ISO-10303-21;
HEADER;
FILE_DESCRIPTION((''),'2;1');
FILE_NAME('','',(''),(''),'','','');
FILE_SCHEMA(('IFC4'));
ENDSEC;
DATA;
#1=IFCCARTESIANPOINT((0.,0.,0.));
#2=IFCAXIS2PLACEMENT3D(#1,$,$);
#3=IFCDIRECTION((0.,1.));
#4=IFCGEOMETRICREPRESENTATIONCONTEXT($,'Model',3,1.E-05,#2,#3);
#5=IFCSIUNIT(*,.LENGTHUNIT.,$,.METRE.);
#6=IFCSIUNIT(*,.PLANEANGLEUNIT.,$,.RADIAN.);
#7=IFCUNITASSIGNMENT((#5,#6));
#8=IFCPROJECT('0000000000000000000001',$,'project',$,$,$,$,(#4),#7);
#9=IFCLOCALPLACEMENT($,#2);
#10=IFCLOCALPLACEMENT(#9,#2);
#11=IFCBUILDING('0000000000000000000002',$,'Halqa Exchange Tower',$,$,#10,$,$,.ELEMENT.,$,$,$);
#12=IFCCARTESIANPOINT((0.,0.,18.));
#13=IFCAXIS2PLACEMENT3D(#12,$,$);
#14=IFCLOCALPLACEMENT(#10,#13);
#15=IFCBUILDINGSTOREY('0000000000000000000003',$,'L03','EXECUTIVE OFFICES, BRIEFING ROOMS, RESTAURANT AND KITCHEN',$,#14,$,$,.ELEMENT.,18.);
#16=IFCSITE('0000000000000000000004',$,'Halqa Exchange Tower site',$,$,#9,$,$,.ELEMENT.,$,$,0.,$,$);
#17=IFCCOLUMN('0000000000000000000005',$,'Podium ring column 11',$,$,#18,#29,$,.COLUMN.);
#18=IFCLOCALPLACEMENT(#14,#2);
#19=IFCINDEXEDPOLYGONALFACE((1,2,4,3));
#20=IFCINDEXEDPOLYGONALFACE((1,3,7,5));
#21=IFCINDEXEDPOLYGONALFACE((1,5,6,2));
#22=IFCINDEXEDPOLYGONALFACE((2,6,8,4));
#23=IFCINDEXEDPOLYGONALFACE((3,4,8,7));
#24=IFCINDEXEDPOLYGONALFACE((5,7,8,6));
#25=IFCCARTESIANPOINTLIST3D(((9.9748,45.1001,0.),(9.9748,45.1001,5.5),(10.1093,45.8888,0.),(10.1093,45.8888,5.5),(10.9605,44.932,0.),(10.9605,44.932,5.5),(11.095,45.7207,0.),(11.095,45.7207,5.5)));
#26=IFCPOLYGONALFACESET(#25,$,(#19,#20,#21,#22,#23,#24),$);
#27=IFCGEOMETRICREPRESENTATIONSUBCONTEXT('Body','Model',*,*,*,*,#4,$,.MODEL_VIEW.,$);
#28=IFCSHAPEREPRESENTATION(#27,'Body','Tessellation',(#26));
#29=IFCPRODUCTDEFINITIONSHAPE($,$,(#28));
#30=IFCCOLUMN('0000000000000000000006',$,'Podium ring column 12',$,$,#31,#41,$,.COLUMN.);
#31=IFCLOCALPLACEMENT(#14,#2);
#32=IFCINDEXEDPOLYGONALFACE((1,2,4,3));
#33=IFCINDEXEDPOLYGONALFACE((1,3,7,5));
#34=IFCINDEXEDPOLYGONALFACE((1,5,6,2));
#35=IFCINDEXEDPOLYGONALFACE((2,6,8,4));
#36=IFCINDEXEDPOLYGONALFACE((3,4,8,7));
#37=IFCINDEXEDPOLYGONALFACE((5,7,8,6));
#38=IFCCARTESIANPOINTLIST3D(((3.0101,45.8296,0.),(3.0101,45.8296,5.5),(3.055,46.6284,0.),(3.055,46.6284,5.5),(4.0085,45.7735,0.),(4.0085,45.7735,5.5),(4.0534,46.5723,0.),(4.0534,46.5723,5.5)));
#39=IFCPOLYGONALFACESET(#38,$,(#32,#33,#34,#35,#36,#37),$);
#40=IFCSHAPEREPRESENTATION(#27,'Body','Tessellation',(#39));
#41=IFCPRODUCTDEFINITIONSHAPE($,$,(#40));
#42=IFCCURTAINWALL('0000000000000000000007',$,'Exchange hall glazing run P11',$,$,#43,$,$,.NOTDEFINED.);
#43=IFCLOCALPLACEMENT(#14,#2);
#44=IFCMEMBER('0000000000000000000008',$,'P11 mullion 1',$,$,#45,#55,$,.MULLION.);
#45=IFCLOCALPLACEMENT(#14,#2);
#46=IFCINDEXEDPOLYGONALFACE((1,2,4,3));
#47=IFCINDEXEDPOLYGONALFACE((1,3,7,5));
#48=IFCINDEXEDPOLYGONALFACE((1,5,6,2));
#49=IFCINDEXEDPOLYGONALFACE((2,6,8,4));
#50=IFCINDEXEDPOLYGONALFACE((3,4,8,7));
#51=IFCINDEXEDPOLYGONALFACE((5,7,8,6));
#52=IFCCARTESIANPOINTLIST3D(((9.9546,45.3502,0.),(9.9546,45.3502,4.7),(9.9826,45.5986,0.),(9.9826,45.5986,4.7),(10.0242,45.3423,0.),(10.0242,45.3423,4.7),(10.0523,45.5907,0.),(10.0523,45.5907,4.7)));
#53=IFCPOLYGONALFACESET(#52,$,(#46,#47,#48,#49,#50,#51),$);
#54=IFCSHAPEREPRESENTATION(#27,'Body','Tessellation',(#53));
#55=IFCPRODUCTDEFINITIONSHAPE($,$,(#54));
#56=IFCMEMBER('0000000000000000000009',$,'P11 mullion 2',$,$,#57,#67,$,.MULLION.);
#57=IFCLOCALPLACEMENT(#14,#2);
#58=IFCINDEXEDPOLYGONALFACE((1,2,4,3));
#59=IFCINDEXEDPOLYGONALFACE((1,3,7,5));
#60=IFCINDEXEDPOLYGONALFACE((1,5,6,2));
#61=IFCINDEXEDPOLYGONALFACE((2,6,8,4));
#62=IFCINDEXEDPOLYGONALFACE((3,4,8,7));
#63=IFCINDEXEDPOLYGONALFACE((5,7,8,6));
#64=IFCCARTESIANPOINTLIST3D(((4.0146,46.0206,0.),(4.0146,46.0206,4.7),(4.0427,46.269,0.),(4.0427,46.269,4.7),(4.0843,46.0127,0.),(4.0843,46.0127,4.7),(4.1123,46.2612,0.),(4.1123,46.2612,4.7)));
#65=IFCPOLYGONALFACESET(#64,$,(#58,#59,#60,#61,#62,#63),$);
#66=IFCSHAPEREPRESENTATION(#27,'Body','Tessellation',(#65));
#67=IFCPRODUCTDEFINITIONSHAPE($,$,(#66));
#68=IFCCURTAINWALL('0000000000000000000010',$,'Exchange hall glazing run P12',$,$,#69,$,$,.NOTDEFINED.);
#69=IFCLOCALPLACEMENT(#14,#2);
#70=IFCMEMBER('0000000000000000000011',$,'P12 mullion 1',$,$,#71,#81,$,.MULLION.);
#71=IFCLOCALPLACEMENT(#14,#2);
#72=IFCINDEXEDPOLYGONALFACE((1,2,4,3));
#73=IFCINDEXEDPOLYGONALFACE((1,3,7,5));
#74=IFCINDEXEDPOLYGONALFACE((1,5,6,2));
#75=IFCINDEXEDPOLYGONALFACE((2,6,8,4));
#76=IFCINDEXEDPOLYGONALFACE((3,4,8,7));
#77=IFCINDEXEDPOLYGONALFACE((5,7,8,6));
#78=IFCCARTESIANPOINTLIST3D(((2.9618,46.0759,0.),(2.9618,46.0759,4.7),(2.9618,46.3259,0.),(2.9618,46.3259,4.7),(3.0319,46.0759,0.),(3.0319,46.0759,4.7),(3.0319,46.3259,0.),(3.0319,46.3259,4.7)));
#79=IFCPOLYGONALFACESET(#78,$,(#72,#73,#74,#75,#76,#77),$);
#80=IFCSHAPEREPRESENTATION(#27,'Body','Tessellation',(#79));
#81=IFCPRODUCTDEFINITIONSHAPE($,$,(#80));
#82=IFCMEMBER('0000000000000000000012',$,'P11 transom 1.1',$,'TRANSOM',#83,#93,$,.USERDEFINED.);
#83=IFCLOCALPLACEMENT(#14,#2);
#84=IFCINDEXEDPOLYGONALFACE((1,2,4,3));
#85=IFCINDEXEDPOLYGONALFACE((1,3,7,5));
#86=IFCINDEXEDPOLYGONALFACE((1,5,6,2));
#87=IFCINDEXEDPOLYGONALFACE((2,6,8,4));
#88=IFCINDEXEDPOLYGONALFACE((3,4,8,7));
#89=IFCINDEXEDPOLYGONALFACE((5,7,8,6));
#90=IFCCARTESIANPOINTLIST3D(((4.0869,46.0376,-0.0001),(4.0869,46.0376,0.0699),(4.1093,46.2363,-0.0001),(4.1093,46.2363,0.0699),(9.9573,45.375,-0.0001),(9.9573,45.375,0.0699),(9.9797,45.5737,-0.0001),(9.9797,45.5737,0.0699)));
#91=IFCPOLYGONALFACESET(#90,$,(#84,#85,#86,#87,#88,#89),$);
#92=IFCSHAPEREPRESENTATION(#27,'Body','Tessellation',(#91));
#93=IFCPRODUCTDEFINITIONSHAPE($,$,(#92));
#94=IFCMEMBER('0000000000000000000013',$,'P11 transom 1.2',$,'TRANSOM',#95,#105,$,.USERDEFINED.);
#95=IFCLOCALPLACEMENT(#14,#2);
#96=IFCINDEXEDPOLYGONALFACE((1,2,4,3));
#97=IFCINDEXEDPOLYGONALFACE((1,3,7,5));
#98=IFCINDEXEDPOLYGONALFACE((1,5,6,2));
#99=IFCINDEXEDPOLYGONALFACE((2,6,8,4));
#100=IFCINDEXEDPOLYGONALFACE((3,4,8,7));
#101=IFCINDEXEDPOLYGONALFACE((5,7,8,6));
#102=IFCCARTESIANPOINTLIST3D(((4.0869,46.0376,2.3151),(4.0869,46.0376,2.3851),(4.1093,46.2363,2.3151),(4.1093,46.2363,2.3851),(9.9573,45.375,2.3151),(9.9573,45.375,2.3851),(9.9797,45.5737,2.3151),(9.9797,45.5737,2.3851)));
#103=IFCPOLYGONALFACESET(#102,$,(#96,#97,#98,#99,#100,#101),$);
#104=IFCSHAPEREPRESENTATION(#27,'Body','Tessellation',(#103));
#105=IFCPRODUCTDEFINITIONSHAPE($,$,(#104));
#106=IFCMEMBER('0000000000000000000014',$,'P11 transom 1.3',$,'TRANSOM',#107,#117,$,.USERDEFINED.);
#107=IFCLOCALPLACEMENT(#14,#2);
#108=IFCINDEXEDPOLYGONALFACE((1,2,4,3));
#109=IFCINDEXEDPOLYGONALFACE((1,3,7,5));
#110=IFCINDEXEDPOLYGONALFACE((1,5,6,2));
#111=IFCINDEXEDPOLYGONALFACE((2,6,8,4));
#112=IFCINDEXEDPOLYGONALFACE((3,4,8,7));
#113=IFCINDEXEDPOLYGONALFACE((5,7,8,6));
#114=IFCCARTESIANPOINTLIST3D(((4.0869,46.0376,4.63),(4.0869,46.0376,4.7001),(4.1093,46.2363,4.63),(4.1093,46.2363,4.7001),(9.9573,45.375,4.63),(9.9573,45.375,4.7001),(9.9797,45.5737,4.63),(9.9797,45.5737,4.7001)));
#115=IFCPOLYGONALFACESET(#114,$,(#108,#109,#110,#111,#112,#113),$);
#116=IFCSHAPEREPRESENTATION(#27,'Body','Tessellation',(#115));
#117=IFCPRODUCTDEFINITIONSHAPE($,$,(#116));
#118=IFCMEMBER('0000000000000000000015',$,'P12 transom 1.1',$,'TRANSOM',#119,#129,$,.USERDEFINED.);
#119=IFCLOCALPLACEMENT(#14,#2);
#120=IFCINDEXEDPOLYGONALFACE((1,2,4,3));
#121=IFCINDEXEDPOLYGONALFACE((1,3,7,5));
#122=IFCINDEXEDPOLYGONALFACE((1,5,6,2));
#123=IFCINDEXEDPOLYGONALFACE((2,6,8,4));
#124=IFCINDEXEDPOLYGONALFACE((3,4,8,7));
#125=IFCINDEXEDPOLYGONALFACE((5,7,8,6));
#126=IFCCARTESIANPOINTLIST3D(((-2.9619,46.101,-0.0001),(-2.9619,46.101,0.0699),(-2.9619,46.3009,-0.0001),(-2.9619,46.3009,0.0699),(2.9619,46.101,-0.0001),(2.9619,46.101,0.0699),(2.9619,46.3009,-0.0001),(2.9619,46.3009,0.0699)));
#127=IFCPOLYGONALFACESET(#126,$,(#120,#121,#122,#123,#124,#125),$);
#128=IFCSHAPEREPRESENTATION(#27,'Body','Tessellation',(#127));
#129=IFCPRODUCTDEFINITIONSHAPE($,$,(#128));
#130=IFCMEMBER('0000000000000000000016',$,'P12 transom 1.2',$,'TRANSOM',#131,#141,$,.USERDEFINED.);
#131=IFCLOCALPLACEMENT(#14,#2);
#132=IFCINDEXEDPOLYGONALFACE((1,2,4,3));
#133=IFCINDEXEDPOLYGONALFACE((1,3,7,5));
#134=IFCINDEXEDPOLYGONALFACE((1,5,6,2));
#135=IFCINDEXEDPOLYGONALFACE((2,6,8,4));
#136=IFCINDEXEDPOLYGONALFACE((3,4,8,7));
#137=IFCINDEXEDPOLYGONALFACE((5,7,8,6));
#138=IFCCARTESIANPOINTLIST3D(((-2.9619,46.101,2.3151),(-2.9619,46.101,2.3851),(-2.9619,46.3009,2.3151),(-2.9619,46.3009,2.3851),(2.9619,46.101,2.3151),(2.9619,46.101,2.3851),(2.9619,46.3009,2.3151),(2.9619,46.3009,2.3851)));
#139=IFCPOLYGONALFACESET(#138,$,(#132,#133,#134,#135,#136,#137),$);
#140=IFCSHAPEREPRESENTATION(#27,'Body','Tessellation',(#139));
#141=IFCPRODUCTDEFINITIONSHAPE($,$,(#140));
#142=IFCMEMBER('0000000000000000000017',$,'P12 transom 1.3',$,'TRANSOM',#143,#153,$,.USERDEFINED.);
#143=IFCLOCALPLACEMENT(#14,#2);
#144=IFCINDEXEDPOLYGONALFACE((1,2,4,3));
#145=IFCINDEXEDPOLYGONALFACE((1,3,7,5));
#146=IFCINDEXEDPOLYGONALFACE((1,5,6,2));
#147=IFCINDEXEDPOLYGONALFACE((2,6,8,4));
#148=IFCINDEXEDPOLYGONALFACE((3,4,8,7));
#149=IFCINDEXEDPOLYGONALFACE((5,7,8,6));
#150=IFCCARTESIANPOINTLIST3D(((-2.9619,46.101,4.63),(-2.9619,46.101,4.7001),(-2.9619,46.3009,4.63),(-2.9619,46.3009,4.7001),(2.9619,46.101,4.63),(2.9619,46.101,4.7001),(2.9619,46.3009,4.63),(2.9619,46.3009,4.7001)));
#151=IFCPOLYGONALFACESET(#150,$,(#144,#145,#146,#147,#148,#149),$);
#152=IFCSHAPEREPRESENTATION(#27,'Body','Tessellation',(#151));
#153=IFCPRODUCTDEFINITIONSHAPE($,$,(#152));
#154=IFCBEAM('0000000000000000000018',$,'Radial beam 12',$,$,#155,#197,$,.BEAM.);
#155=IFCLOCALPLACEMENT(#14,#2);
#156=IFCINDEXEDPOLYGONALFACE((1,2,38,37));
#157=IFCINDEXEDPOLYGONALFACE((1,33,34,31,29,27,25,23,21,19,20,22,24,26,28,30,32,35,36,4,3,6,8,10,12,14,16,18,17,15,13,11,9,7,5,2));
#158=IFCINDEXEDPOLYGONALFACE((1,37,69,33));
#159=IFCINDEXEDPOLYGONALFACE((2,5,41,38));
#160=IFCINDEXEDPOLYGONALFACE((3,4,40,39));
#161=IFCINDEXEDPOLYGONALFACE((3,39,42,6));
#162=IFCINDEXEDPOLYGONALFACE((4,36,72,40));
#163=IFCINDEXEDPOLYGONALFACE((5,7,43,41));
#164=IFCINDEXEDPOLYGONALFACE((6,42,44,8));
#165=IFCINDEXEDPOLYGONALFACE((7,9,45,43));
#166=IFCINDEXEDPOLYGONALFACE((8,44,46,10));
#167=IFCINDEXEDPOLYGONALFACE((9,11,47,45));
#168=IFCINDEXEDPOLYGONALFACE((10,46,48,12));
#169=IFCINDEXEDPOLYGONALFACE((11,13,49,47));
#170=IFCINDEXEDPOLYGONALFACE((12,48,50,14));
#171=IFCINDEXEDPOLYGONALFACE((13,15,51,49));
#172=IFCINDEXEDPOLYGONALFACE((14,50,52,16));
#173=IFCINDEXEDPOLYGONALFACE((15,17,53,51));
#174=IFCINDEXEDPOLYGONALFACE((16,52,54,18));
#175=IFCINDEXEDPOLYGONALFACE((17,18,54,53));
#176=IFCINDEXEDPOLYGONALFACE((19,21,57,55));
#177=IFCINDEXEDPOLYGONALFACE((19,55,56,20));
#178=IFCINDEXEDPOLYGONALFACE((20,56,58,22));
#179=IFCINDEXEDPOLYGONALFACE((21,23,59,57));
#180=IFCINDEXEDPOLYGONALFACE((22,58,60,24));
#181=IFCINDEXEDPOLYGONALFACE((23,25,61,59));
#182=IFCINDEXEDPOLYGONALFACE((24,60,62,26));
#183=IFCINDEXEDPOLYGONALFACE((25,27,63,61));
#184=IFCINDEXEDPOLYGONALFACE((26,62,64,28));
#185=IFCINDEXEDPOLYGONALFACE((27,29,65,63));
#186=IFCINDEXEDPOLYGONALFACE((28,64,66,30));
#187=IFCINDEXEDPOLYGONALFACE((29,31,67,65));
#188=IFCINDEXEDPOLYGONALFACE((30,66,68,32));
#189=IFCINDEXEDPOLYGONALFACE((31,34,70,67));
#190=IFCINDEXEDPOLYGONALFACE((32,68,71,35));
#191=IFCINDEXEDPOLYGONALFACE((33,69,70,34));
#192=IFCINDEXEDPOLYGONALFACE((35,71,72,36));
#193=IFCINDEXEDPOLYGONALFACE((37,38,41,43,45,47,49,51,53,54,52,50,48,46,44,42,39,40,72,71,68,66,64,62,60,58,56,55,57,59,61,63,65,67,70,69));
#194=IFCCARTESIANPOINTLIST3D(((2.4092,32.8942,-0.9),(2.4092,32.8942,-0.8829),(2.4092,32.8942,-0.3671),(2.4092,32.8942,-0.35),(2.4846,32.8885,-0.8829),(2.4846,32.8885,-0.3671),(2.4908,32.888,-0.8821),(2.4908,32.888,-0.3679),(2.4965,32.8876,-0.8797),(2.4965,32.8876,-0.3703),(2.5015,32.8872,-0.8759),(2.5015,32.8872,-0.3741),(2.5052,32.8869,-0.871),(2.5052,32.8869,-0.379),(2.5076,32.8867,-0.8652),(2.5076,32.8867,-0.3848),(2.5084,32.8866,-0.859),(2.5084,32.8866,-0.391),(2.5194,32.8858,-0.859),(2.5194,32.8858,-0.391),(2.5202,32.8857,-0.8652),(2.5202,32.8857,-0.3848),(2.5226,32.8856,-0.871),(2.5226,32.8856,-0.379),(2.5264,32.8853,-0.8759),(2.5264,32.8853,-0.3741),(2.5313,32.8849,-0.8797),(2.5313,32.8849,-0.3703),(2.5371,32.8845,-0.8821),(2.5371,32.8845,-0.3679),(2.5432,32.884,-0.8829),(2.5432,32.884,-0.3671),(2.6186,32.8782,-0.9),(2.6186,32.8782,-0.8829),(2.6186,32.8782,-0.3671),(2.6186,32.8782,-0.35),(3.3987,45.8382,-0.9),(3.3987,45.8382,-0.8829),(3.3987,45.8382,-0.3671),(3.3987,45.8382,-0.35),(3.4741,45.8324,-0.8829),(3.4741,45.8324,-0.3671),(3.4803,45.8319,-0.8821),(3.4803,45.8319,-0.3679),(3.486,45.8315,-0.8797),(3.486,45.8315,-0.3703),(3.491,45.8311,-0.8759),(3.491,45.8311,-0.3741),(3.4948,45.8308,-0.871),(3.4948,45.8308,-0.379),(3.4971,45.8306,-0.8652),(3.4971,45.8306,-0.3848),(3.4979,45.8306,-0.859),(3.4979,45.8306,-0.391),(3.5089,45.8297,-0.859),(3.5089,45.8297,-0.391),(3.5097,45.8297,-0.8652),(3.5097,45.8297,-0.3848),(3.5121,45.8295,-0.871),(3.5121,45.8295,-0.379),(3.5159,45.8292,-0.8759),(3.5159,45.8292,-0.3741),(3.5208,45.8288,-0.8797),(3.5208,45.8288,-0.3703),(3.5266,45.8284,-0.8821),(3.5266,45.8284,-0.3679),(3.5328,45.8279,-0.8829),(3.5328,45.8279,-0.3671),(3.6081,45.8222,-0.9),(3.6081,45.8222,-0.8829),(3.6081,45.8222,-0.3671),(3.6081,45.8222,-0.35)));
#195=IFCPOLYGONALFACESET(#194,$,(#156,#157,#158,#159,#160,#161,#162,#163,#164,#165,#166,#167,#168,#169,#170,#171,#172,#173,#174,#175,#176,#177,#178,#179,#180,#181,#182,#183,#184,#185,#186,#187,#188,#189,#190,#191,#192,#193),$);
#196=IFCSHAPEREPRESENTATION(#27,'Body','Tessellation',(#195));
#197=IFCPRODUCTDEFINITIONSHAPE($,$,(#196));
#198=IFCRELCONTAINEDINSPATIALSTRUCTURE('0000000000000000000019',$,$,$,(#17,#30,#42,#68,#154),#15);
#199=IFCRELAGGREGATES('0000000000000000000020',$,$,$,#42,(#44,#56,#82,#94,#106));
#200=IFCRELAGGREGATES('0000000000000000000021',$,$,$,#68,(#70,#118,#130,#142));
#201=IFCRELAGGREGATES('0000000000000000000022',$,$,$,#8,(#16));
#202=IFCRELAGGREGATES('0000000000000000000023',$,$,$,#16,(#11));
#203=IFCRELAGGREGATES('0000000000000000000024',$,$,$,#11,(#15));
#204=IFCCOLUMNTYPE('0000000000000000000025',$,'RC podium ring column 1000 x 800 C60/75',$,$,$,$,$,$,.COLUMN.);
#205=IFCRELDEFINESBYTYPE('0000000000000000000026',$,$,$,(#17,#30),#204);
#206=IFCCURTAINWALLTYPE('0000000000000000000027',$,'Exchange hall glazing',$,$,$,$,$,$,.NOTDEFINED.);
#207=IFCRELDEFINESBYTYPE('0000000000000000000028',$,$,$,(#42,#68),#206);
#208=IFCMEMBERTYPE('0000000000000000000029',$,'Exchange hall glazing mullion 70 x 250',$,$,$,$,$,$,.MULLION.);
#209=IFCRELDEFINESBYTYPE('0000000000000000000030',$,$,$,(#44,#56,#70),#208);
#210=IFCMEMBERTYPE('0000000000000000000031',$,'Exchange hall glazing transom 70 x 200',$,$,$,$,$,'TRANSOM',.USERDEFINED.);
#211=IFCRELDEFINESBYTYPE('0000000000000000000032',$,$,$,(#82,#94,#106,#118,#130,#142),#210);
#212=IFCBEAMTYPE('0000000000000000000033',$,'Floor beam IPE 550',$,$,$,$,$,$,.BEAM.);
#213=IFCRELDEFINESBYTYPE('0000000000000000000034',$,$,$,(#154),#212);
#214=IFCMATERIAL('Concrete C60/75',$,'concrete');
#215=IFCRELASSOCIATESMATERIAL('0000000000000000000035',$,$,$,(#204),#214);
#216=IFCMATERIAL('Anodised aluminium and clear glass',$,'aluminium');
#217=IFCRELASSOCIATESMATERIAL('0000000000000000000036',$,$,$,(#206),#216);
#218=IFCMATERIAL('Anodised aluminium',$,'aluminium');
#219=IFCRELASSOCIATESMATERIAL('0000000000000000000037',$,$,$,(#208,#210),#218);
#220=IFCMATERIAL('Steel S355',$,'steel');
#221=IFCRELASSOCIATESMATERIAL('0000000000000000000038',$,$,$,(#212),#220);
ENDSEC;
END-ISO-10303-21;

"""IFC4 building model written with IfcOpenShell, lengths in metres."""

from ifc_helpers import new_model, si_unit, direction, frame, origin, origin_2d, place, context, subcontext, project, spatial, rectangle, i_section, extrude, material, material_profile, profile_set, type_object, element, aggregate, save


model = new_model("IFC4")

# Units and contexts
model_context = context("Model", 3, precision=1e-05, world=origin(), true_north=direction((0.0, 1.0)))
body_context = subcontext(model_context, "Body", "Model", "MODEL_VIEW")
ifc_project = project(units=[si_unit("LENGTHUNIT", "METRE"), si_unit("PLANEANGLEUNIT", "RADIAN")], contexts=[model_context])

# Site, building, storey
site_placement = place(None, origin())
site = spatial("IfcSite", under=ifc_project, at=site_placement, Name="Halqa Exchange Tower site", CompositionType="ELEMENT", RefElevation=0.0)
building_placement = place(site_placement, origin())
building = spatial("IfcBuilding", under=site, at=building_placement, Name="Halqa Exchange Tower", CompositionType="ELEMENT")
storey_placement = place(building_placement, frame((0.0, 0.0, 18.0)))
storey = spatial("IfcBuildingStorey", under=building, at=storey_placement, Name="L03", Description="EXECUTIVE OFFICES, BRIEFING ROOMS, RESTAURANT AND KITCHEN", CompositionType="ELEMENT", Elevation=18.0)

# Columns
ifc_material_1 = material(Name="Concrete C60/75", Category="concrete")
ifc_material_profile_1 = material_profile(ifc_material_1, rectangle(XDim=1.0, YDim=0.8, at=origin_2d()), Name="1000 x 800")
ifc_profile_set_1 = profile_set([ifc_material_profile_1], Name="Concrete C60/75")
column_type = type_object("IfcColumnType", Name="RC podium ring column 1000 x 800 C60/75", PredefinedType="COLUMN", material=ifc_profile_set_1)
for number, where, z_axis, x_axis, name in (
    (1, (10.5349, 45.4104, 0.0), (0.0, 0.0, 1.0), (-0.985766, 0.168121, 0.0), "Podium ring column 11"),
    (2, (3.5317, 46.2009, 0.0), (0.0, 0.0, 1.0), (-0.998425, 0.056107, 0.0), "Podium ring column 12"),
):
    element("IfcColumn", number, at=place(storey_placement, frame(where, z_axis=z_axis, x_axis=x_axis)), inside=storey, type_object=column_type, Name=name, PredefinedType="COLUMN", context=body_context, shape_type="SweptSolid", body=[
        extrude(rectangle(XDim=1.0, YDim=0.8, at=origin_2d()), origin(), (0.0, 0.0, 1.0), 5.5),
    ])

# Curtain wall, members
ifc_material_2 = material(Name="Anodised aluminium and clear glass", Category="aluminium")
curtain_wall_type = type_object("IfcCurtainWallType", Name="Exchange hall glazing", PredefinedType="NOTDEFINED", material=ifc_material_2)
curtain_wall_1_placement = place(storey_placement, origin())
curtain_wall_1 = element("IfcCurtainWall", 3, at=curtain_wall_1_placement, inside=storey, type_object=curtain_wall_type, Name="Exchange hall glazing run P11", PredefinedType="NOTDEFINED")
ifc_material_3 = material(Name="Anodised aluminium", Category="aluminium")
ifc_material_profile_2 = material_profile(ifc_material_3, rectangle(XDim=0.25, YDim=0.0701, at=origin_2d()), Name="AL 70x250")
ifc_profile_set_2 = profile_set([ifc_material_profile_2], Name="Anodised aluminium")
member_type_1 = type_object("IfcMemberType", Name="Exchange hall glazing mullion 70 x 250", PredefinedType="MULLION", material=ifc_profile_set_2)
member_1_placement = place(storey_placement, frame((10.0034, 45.4705, 0.0), z_axis=(0.0, 0.0, 1.0), x_axis=(-0.112159, -0.99369, 0.0)))
member_1 = element("IfcMember", 4, at=member_1_placement, type_object=member_type_1, Name="P11 mullion 1", PredefinedType="MULLION", context=body_context, shape_type="SweptSolid", body=[
    extrude(rectangle(XDim=0.25, YDim=0.0701, at=origin_2d()), origin(), (0.0, 0.0, 1.0), 4.7),
])
member_2_placement = place(storey_placement, frame((4.0635, 46.1409, 0.0), z_axis=(0.0, 0.0, 1.0), x_axis=(-0.112159, -0.99369, 0.0)))
member_2 = element("IfcMember", 5, at=member_2_placement, type_object=member_type_1, Name="P11 mullion 2", PredefinedType="MULLION", context=body_context, shape_type="SweptSolid", body=[
    extrude(rectangle(XDim=0.25, YDim=0.0701, at=origin_2d()), origin(), (0.0, 0.0, 1.0), 4.7),
])

# Curtain wall, member
curtain_wall_2_placement = place(storey_placement, origin())
curtain_wall_2 = element("IfcCurtainWall", 6, at=curtain_wall_2_placement, inside=storey, type_object=curtain_wall_type, Name="Exchange hall glazing run P12", PredefinedType="NOTDEFINED")
member_3_placement = place(storey_placement, frame((2.9968, 46.2009, 0.0), z_axis=(0.0, 0.0, 1.0), x_axis=(0.0, -1.0, 0.0)))
member_3 = element("IfcMember", 7, at=member_3_placement, type_object=member_type_1, Name="P12 mullion 1", PredefinedType="MULLION", context=body_context, shape_type="SweptSolid", body=[
    extrude(rectangle(XDim=0.25, YDim=0.0701, at=origin_2d()), origin(), (0.0, 0.0, 1.0), 4.7),
])

# Members
ifc_material_profile_3 = material_profile(ifc_material_3, rectangle(XDim=0.2, YDim=0.0701, at=origin_2d()), Name="AL 70x200")
ifc_profile_set_3 = profile_set([ifc_material_profile_3], Name="Anodised aluminium")
member_type_2 = type_object("IfcMemberType", Name="Exchange hall glazing transom 70 x 200", ElementType="TRANSOM", PredefinedType="USERDEFINED", material=ifc_profile_set_3)
member_4_placement = place(storey_placement, frame((9.9685, 45.4744, 0.0349), z_axis=(-0.99369, 0.11216, 0.0), x_axis=(-0.11216, -0.99369, 0.0)))
member_4 = element("IfcMember", 8, at=member_4_placement, type_object=member_type_2, Name="P11 transom 1.1", ObjectType="TRANSOM", PredefinedType="USERDEFINED", context=body_context, shape_type="SweptSolid", body=[
    extrude(rectangle(XDim=0.2, YDim=0.0701, at=origin_2d()), origin(), (0.0, 0.0, 1.0), 5.9077),
])
member_5_placement = place(storey_placement, frame((9.9685, 45.4744, 2.3501), z_axis=(-0.99369, 0.11216, 0.0), x_axis=(-0.11216, -0.99369, 0.0)))
member_5 = element("IfcMember", 9, at=member_5_placement, type_object=member_type_2, Name="P11 transom 1.2", ObjectType="TRANSOM", PredefinedType="USERDEFINED", context=body_context, shape_type="SweptSolid", body=[
    extrude(rectangle(XDim=0.2, YDim=0.0701, at=origin_2d()), origin(), (0.0, 0.0, 1.0), 5.9077),
])
member_6_placement = place(storey_placement, frame((9.9685, 45.4744, 4.665), z_axis=(-0.99369, 0.11216, 0.0), x_axis=(-0.11216, -0.99369, 0.0)))
member_6 = element("IfcMember", 10, at=member_6_placement, type_object=member_type_2, Name="P11 transom 1.3", ObjectType="TRANSOM", PredefinedType="USERDEFINED", context=body_context, shape_type="SweptSolid", body=[
    extrude(rectangle(XDim=0.2, YDim=0.0701, at=origin_2d()), origin(), (0.0, 0.0, 1.0), 5.9077),
])
member_7_placement = place(storey_placement, frame((2.9619, 46.2009, 0.0349), z_axis=(-1.0, 0.0, 0.0), x_axis=(0.0, -1.0, 0.0)))
member_7 = element("IfcMember", 11, at=member_7_placement, type_object=member_type_2, Name="P12 transom 1.1", ObjectType="TRANSOM", PredefinedType="USERDEFINED", context=body_context, shape_type="SweptSolid", body=[
    extrude(rectangle(XDim=0.2, YDim=0.0701, at=origin_2d()), origin(), (0.0, 0.0, 1.0), 5.9238),
])
member_8_placement = place(storey_placement, frame((2.9619, 46.2009, 2.3501), z_axis=(-1.0, 0.0, 0.0), x_axis=(0.0, -1.0, 0.0)))
member_8 = element("IfcMember", 12, at=member_8_placement, type_object=member_type_2, Name="P12 transom 1.2", ObjectType="TRANSOM", PredefinedType="USERDEFINED", context=body_context, shape_type="SweptSolid", body=[
    extrude(rectangle(XDim=0.2, YDim=0.0701, at=origin_2d()), origin(), (0.0, 0.0, 1.0), 5.9238),
])
member_9_placement = place(storey_placement, frame((2.9619, 46.2009, 4.665), z_axis=(-1.0, 0.0, 0.0), x_axis=(0.0, -1.0, 0.0)))
member_9 = element("IfcMember", 13, at=member_9_placement, type_object=member_type_2, Name="P12 transom 1.3", ObjectType="TRANSOM", PredefinedType="USERDEFINED", context=body_context, shape_type="SweptSolid", body=[
    extrude(rectangle(XDim=0.2, YDim=0.0701, at=origin_2d()), origin(), (0.0, 0.0, 1.0), 5.9238),
])

# Beam
ifc_material_4 = material(Name="Steel S355", Category="steel")
ifc_material_profile_4 = material_profile(ifc_material_4, i_section(OverallWidth=0.21, OverallDepth=0.55, WebThickness=0.011, FlangeThickness=0.0171, FilletRadius=0.0239, at=origin_2d()), Name="IPE 550")
ifc_profile_set_4 = profile_set([ifc_material_profile_4], Name="Steel S355")
beam_type_1 = type_object("IfcBeamType", Name="Floor beam IPE 550", PredefinedType="BEAM", material=ifc_profile_set_4)
beam_1_placement = place(storey_placement, frame((2.5139, 32.8862, -0.625), z_axis=(0.076223, 0.997091, 0.0), x_axis=(-0.997091, 0.076223, 0.0)))
element("IfcBeam", 14, at=beam_1_placement, inside=storey, type_object=beam_type_1, Name="Radial beam 12", PredefinedType="BEAM", context=body_context, shape_type="SweptSolid", body=[
    extrude(i_section(OverallWidth=0.21, OverallDepth=0.55, WebThickness=0.011, FlangeThickness=0.0171, FilletRadius=0.0239, at=origin_2d()), origin(), (0.0, 0.0, 1.0), 12.9817),
])

aggregate(curtain_wall_1, [member_1, member_2, member_4, member_5, member_6])
aggregate(curtain_wall_2, [member_3, member_7, member_8, member_9])

save(model, "model.ifc")
